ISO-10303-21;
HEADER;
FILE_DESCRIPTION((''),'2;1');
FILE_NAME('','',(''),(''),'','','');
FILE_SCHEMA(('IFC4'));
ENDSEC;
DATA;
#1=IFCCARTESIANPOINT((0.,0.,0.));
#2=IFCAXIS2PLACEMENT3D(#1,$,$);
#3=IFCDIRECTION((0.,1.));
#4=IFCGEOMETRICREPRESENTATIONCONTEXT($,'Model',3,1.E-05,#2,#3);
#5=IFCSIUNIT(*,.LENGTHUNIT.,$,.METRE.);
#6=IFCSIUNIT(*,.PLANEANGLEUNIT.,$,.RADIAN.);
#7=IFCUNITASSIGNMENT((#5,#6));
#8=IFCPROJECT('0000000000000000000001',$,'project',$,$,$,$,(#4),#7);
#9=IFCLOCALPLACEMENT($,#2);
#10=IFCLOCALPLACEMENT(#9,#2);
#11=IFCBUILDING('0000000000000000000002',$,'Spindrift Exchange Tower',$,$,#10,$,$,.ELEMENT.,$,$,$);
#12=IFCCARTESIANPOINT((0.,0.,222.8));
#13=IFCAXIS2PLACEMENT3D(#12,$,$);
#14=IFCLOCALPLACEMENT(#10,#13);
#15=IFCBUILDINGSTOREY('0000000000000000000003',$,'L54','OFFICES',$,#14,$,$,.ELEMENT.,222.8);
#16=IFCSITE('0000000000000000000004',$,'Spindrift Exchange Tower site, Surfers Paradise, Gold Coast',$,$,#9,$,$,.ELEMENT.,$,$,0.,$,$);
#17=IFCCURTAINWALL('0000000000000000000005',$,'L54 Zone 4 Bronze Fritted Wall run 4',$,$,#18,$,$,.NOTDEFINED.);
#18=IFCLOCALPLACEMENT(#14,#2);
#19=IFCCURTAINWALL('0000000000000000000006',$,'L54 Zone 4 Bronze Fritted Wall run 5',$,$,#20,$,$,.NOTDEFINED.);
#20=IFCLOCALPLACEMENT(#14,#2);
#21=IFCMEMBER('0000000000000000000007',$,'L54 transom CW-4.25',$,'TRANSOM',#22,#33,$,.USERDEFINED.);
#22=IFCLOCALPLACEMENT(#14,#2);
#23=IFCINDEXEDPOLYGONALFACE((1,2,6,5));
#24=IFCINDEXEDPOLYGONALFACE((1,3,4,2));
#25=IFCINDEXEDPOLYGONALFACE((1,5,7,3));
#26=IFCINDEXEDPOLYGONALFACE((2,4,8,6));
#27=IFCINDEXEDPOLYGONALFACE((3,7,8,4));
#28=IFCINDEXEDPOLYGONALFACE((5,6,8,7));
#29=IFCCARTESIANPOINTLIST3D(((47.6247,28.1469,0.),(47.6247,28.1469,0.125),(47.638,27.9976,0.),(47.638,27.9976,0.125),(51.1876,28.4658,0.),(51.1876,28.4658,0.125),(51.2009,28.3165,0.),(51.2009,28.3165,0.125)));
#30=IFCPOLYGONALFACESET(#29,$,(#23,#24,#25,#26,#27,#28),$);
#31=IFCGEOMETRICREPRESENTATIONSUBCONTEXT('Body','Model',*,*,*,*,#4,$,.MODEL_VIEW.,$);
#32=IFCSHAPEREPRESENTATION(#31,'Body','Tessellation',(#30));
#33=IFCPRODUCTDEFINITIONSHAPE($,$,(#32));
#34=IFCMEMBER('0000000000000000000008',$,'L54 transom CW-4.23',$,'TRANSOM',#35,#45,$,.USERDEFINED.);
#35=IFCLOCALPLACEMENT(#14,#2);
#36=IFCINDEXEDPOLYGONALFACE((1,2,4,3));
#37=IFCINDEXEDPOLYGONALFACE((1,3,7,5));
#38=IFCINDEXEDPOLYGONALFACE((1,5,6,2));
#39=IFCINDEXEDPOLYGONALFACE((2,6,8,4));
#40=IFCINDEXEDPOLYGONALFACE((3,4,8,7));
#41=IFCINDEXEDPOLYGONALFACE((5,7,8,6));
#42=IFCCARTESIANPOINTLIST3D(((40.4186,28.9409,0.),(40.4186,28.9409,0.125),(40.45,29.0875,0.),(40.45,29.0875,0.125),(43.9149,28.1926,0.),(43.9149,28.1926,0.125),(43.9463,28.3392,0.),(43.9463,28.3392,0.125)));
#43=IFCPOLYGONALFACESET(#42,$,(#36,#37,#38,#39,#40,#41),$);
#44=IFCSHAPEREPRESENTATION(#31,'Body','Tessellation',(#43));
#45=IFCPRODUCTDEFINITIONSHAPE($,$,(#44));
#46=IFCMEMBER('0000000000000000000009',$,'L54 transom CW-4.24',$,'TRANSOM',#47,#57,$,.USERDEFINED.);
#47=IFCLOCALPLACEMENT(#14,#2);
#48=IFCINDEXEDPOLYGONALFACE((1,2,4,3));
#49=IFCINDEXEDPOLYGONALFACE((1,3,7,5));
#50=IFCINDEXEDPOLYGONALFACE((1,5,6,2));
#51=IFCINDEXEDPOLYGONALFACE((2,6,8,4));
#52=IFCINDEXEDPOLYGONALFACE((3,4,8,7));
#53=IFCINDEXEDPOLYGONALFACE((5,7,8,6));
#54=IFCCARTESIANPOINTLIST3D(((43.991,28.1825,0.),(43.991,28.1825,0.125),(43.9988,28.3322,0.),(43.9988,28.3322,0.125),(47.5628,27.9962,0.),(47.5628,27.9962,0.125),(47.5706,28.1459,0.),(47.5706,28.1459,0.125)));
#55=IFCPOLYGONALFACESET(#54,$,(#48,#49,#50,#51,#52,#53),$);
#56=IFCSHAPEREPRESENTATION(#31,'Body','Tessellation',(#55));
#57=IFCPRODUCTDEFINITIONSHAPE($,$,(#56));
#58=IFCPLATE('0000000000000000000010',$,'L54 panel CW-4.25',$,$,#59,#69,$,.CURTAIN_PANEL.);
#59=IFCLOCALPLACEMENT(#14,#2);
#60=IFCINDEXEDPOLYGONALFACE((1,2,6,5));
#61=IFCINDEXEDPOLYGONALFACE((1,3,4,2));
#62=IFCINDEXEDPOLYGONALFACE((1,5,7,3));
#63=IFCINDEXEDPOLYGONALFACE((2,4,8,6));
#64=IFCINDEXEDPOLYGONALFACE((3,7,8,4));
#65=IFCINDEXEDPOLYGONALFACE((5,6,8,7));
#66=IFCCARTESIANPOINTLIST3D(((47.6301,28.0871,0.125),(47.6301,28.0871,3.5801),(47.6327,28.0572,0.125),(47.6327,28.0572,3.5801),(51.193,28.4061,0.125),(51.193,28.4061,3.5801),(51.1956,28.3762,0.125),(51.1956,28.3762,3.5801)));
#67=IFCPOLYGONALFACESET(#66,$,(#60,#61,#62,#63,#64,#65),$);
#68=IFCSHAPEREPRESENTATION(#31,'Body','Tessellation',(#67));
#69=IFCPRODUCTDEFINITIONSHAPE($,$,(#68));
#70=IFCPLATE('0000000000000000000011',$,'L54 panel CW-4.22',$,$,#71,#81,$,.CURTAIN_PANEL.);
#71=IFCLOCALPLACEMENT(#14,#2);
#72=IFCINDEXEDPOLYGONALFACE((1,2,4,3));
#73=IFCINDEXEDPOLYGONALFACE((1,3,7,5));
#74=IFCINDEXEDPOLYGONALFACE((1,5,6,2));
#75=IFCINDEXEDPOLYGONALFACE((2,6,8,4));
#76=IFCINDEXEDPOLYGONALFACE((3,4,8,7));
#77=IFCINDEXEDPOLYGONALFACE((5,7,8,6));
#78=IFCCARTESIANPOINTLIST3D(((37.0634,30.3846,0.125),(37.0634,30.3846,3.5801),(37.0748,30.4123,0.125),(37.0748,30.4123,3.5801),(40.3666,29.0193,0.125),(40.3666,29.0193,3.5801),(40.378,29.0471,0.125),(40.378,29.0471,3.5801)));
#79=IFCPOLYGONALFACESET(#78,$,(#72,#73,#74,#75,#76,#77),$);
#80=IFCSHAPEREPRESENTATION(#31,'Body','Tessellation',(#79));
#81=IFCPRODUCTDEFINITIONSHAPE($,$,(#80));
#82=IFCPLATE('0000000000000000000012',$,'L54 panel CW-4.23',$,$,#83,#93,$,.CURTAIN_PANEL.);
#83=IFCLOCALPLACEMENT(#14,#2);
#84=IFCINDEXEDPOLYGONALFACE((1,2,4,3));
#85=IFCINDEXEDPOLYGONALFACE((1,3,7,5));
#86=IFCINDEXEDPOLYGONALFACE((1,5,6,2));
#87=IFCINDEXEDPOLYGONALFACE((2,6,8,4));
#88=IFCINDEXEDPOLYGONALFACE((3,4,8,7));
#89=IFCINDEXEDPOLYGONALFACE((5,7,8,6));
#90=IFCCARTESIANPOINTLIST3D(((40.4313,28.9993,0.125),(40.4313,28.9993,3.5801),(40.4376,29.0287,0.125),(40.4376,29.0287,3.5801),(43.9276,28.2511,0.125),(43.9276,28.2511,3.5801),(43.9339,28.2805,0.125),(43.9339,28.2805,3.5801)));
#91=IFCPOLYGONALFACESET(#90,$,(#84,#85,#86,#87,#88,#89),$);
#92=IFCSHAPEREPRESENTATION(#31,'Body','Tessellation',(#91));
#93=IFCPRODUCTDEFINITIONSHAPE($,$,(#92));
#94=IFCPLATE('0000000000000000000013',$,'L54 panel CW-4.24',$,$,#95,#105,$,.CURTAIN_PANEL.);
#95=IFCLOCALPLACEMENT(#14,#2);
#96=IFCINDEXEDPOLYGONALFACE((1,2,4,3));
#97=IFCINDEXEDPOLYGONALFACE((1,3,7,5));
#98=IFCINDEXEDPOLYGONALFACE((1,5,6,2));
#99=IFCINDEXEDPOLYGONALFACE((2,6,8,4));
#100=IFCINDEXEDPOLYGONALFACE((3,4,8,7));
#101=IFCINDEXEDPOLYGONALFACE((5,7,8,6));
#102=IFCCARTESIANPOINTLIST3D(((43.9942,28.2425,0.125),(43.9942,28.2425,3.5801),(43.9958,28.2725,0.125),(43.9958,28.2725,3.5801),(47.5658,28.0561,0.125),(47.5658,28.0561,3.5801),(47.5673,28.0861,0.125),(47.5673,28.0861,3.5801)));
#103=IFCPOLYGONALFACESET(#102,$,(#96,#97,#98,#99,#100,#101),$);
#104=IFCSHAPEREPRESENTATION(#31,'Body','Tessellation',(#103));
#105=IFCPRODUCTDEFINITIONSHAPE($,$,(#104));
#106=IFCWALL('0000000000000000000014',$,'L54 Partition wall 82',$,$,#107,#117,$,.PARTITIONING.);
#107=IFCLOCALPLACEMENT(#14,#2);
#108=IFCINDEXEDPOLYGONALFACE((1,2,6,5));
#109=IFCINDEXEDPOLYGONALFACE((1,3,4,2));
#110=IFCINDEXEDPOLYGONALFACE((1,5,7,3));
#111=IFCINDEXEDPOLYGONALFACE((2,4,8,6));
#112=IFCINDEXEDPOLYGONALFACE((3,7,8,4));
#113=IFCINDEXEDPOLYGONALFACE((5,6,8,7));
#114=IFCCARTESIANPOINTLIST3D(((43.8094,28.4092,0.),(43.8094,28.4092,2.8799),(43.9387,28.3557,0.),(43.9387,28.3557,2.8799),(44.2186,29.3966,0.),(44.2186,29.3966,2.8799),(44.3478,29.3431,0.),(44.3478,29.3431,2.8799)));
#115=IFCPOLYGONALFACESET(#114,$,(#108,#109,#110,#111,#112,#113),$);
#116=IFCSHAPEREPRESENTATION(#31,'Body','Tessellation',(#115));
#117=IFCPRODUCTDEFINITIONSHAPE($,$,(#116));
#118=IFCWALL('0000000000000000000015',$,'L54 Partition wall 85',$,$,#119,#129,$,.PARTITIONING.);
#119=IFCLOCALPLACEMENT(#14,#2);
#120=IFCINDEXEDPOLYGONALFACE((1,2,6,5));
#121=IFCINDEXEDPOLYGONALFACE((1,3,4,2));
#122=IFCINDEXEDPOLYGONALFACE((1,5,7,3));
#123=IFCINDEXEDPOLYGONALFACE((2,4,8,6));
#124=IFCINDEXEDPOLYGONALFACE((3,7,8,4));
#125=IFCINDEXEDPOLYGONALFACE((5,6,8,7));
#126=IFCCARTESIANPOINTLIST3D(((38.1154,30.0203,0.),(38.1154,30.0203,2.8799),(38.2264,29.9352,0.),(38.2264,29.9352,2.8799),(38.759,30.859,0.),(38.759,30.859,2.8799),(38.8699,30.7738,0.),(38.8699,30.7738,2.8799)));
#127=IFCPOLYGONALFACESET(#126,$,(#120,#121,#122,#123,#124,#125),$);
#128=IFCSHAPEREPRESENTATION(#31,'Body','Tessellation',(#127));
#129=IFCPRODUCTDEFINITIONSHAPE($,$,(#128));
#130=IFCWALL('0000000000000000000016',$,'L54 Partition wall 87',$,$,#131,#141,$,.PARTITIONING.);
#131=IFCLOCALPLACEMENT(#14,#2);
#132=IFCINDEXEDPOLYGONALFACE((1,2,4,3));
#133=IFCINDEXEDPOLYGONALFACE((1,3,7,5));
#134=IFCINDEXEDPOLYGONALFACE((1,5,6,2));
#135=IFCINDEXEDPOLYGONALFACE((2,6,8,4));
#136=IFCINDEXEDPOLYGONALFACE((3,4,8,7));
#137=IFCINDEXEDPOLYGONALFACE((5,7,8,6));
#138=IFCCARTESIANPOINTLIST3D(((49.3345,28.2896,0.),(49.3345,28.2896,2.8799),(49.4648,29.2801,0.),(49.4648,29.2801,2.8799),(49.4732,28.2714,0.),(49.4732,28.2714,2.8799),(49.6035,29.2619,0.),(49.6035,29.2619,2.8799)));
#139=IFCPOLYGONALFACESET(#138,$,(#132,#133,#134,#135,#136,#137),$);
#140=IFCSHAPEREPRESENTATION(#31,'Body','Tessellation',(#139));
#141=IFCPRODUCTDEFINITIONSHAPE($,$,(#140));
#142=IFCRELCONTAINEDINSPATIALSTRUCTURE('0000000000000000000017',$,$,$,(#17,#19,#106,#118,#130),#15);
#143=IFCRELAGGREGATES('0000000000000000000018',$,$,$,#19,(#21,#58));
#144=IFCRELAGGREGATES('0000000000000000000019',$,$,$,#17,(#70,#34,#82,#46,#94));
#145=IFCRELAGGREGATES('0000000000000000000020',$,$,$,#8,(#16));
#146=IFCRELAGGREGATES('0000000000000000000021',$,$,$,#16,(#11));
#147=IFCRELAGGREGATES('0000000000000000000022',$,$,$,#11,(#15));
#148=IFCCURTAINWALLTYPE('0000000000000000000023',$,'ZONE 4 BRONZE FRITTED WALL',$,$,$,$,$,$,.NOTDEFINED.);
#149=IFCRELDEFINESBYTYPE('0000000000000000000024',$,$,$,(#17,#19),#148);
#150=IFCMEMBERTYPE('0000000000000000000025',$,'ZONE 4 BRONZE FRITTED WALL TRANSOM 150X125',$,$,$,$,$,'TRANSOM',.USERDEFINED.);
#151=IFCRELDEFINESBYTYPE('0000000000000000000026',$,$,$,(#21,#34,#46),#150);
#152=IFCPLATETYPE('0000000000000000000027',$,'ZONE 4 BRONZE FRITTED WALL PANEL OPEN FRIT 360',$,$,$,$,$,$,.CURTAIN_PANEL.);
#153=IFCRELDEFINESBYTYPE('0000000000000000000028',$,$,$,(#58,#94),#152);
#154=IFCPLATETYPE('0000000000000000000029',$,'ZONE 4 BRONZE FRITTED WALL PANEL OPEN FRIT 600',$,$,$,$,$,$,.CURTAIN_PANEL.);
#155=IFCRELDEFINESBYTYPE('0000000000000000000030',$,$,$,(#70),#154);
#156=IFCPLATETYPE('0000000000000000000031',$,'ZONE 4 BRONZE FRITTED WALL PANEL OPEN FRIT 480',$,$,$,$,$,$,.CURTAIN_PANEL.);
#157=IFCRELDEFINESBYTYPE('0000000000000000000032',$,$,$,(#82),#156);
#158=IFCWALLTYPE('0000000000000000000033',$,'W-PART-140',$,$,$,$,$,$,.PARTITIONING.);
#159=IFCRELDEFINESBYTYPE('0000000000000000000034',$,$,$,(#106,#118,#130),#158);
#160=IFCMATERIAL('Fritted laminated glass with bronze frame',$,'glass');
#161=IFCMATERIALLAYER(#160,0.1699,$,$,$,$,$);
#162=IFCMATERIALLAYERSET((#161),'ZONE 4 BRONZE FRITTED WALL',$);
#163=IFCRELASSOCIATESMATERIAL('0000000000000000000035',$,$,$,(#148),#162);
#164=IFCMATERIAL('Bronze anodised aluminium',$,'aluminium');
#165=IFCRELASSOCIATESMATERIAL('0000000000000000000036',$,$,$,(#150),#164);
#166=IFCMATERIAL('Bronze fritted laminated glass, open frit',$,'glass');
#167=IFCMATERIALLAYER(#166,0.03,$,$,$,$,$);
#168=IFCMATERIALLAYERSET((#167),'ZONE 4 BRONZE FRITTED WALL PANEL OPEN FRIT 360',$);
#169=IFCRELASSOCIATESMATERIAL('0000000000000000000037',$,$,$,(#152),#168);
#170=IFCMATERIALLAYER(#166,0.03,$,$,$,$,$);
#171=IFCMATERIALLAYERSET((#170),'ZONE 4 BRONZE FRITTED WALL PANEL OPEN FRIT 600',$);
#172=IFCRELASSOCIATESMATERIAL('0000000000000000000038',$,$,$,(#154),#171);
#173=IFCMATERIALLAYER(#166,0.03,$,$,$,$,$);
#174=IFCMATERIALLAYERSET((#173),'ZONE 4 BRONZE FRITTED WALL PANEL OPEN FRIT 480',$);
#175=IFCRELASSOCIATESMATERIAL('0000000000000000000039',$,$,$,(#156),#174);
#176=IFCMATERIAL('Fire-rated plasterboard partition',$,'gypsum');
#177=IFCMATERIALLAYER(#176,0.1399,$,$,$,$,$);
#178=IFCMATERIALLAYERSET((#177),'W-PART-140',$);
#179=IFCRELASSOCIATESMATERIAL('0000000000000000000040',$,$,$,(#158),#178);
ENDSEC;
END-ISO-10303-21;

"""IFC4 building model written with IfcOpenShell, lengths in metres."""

from ifc_helpers import new_model, si_unit, direction, frame, frame_2d, origin, origin_2d, place, context, subcontext, project, spatial, rectangle, extrude, source, transform, mapped, material, layer, layer_set, material_profile, profile_set, type_object, element, aggregate, save


model = new_model("IFC4")

# Units and contexts
model_context = context("Model", 3, precision=1e-05, world=origin(), true_north=direction((0.0, 1.0)))
body_context = subcontext(model_context, "Body", "Model", "MODEL_VIEW")
ifc_project = project(units=[si_unit("LENGTHUNIT", "METRE"), si_unit("PLANEANGLEUNIT", "RADIAN")], contexts=[model_context])

# Site, building, storey
site_placement = place(None, origin())
site = spatial("IfcSite", under=ifc_project, at=site_placement, Name="Spindrift Exchange Tower site, Surfers Paradise, Gold Coast", CompositionType="ELEMENT", RefElevation=0.0)
building_placement = place(site_placement, origin())
building = spatial("IfcBuilding", under=site, at=building_placement, Name="Spindrift Exchange Tower", CompositionType="ELEMENT")
storey_placement = place(building_placement, frame((0.0, 0.0, 222.8)))
storey = spatial("IfcBuildingStorey", under=building, at=storey_placement, Name="L54", Description="OFFICES", CompositionType="ELEMENT", Elevation=222.8)

# Curtain walls, member
ifc_material_1 = material(Name="Fritted laminated glass with bronze frame", Category="glass")
ifc_layer_1 = layer(ifc_material_1, 0.1699)
ifc_layer_set_1 = layer_set([ifc_layer_1], Name="ZONE 4 BRONZE FRITTED WALL")
curtain_wall_type = type_object("IfcCurtainWallType", Name="ZONE 4 BRONZE FRITTED WALL", PredefinedType="NOTDEFINED", material=ifc_layer_set_1)
curtain_wall_1_placement = place(storey_placement, origin())
curtain_wall_1 = element("IfcCurtainWall", 1, at=curtain_wall_1_placement, inside=storey, type_object=curtain_wall_type, Name="L54 Zone 4 Bronze Fritted Wall run 4", PredefinedType="NOTDEFINED")
ifc_material_2 = material(Name="Bronze anodised aluminium", Category="aluminium")
curtain_wall_2_placement = place(storey_placement, origin())
curtain_wall_2 = element("IfcCurtainWall", 2, at=curtain_wall_2_placement, inside=storey, type_object=curtain_wall_type, Name="L54 Zone 4 Bronze Fritted Wall run 5", PredefinedType="NOTDEFINED")
ifc_material_profile_1 = material_profile(ifc_material_2, rectangle(XDim=0.1499, YDim=0.125, at=origin_2d()), Name="ZONE 4 BRONZE FRITTED WALL TRANSOM 150X125")
ifc_profile_set_1 = profile_set([ifc_material_profile_1], Name="Bronze anodised aluminium")
member_type_1 = type_object("IfcMemberType", Name="ZONE 4 BRONZE FRITTED WALL TRANSOM 150X125", ElementType="TRANSOM", PredefinedType="USERDEFINED", material=ifc_profile_set_1)
shared_shape_1 = source(origin(), body_context, "Body", "SweptSolid", [
    extrude(rectangle(XDim=0.1499, YDim=0.125, at=origin_2d()), origin(), (0.0, 0.0, 1.0), 3.5771),
])
member_1_placement = place(storey_placement, frame((47.6313, 28.0723, 0.0625), z_axis=(0.99602, 0.089133, 0.0), x_axis=(-0.089133, 0.99602, 0.0)))
member_1 = element("IfcMember", 3, at=member_1_placement, type_object=member_type_1, Name="L54 transom CW-4.25", ObjectType="TRANSOM", PredefinedType="USERDEFINED", context=body_context, shape_type="MappedRepresentation", body=[
    mapped(shared_shape_1, transform((0.0, 0.0, 0.0), scale=1.0)),
])

# Members
shared_shape_2 = source(origin(), body_context, "Body", "SweptSolid", [
    extrude(rectangle(XDim=0.1499, YDim=0.125, at=origin_2d()), origin(), (0.0, 0.0, 1.0), 3.5754),
])
member_2_placement = place(storey_placement, frame((40.4343, 29.0142, 0.0625), z_axis=(0.977855, -0.209282, 0.0), x_axis=(0.209282, 0.977855, 0.0)))
member_2 = element("IfcMember", 4, at=member_2_placement, type_object=member_type_1, Name="L54 transom CW-4.23", ObjectType="TRANSOM", PredefinedType="USERDEFINED", context=body_context, shape_type="MappedRepresentation", body=[
    mapped(shared_shape_2, transform((0.0, 0.0, 0.0), scale=1.0)),
])
shared_shape_3 = source(origin(), body_context, "Body", "SweptSolid", [
    extrude(rectangle(XDim=0.1499, YDim=0.125, at=origin_2d()), origin(), (0.0, 0.0, 1.0), 3.5767),
])
member_3_placement = place(storey_placement, frame((43.9949, 28.2573, 0.0625), z_axis=(0.998643, -0.052082, 0.0), x_axis=(0.052082, 0.998643, 0.0)))
member_3 = element("IfcMember", 5, at=member_3_placement, type_object=member_type_1, Name="L54 transom CW-4.24", ObjectType="TRANSOM", PredefinedType="USERDEFINED", context=body_context, shape_type="MappedRepresentation", body=[
    mapped(shared_shape_3, transform((0.0, 0.0, 0.0), scale=1.0)),
])

# Plates
ifc_material_3 = material(Name="Bronze fritted laminated glass, open frit", Category="glass")
ifc_layer_2 = layer(ifc_material_3, 0.03)
ifc_layer_set_2 = layer_set([ifc_layer_2], Name="ZONE 4 BRONZE FRITTED WALL PANEL OPEN FRIT 360")
plate_type_1 = type_object("IfcPlateType", Name="ZONE 4 BRONZE FRITTED WALL PANEL OPEN FRIT 360", PredefinedType="CURTAIN_PANEL", material=ifc_layer_set_2)
shared_shape_4 = source(origin(), body_context, "Body", "SweptSolid", [
    extrude(rectangle(XDim=3.5771, YDim=0.03, at=origin_2d()), origin(), (0.0, 0.0, 1.0), 3.4551),
])
plate_1_placement = place(storey_placement, frame((49.4128, 28.2317, 0.125), z_axis=(0.0, 0.0, 1.0), x_axis=(0.996016, 0.089179, 0.0)))
plate_1 = element("IfcPlate", 6, at=plate_1_placement, type_object=plate_type_1, Name="L54 panel CW-4.25", PredefinedType="CURTAIN_PANEL", context=body_context, shape_type="MappedRepresentation", body=[
    mapped(shared_shape_4, transform((0.0, 0.0, 0.0), scale=1.0)),
])
aggregate(curtain_wall_2, [member_1, plate_1])
ifc_layer_3 = layer(ifc_material_3, 0.03)
ifc_layer_set_3 = layer_set([ifc_layer_3], Name="ZONE 4 BRONZE FRITTED WALL PANEL OPEN FRIT 600")
plate_type_2 = type_object("IfcPlateType", Name="ZONE 4 BRONZE FRITTED WALL PANEL OPEN FRIT 600", PredefinedType="CURTAIN_PANEL", material=ifc_layer_set_3)
shared_shape_5 = source(origin(), body_context, "Body", "SweptSolid", [
    extrude(rectangle(XDim=3.5742, YDim=0.03, at=origin_2d()), origin(), (0.0, 0.0, 1.0), 3.4551),
])
plate_2_placement = place(storey_placement, frame((38.7207, 29.7158, 0.125), z_axis=(0.0, 0.0, 1.0), x_axis=(0.924173, -0.381974, 0.0)))
plate_2 = element("IfcPlate", 7, at=plate_2_placement, type_object=plate_type_2, Name="L54 panel CW-4.22", PredefinedType="CURTAIN_PANEL", context=body_context, shape_type="MappedRepresentation", body=[
    mapped(shared_shape_5, transform((0.0, 0.0, 0.0), scale=1.0)),
])
ifc_layer_4 = layer(ifc_material_3, 0.03)
ifc_layer_set_4 = layer_set([ifc_layer_4], Name="ZONE 4 BRONZE FRITTED WALL PANEL OPEN FRIT 480")
plate_type_3 = type_object("IfcPlateType", Name="ZONE 4 BRONZE FRITTED WALL PANEL OPEN FRIT 480", PredefinedType="CURTAIN_PANEL", material=ifc_layer_set_4)
shared_shape_6 = source(origin(), body_context, "Body", "SweptSolid", [
    extrude(rectangle(XDim=3.5754, YDim=0.03, at=origin_2d()), origin(), (0.0, 0.0, 1.0), 3.4551),
])
plate_3_placement = place(storey_placement, frame((42.1826, 28.6399, 0.125), z_axis=(0.0, 0.0, 1.0), x_axis=(0.977861, -0.209257, 0.0)))
plate_3 = element("IfcPlate", 8, at=plate_3_placement, type_object=plate_type_3, Name="L54 panel CW-4.23", PredefinedType="CURTAIN_PANEL", context=body_context, shape_type="MappedRepresentation", body=[
    mapped(shared_shape_6, transform((0.0, 0.0, 0.0), scale=1.0)),
])
shared_shape_7 = source(origin(), body_context, "Body", "SweptSolid", [
    extrude(rectangle(XDim=3.5764, YDim=0.03, at=origin_2d()), origin(), (0.0, 0.0, 1.0), 3.4551),
])
plate_4_placement = place(storey_placement, frame((45.7808, 28.1643, 0.125), z_axis=(0.0, 0.0, 1.0), x_axis=(0.998641, -0.05212, 0.0)))
plate_4 = element("IfcPlate", 9, at=plate_4_placement, type_object=plate_type_1, Name="L54 panel CW-4.24", PredefinedType="CURTAIN_PANEL", context=body_context, shape_type="MappedRepresentation", body=[
    mapped(shared_shape_7, transform((0.0, 0.0, 0.0), scale=1.0)),
])
aggregate(curtain_wall_1, [plate_2, member_2, plate_3, member_3, plate_4])

# Walls
ifc_material_4 = material(Name="Fire-rated plasterboard partition", Category="gypsum")
ifc_layer_5 = layer(ifc_material_4, 0.1399)
ifc_layer_set_5 = layer_set([ifc_layer_5], Name="W-PART-140")
wall_type = type_object("IfcWallType", Name="W-PART-140", PredefinedType="PARTITIONING", material=ifc_layer_set_5)
wall_1_placement = place(storey_placement, frame((44.2832, 29.3699, 0.0), z_axis=(0.0, 0.0, 1.0), x_axis=(-0.382782, -0.923839, 0.0)))
element("IfcWall", 10, at=wall_1_placement, inside=storey, type_object=wall_type, Name="L54 Partition wall 82", PredefinedType="PARTITIONING", context=body_context, shape_type="SweptSolid", body=[
    extrude(rectangle(XDim=1.0688, YDim=0.1399, at=frame_2d((0.5344, 0.0))), origin(), (0.0, 0.0, 1.0), 2.8799),
])
wall_2_placement = place(storey_placement, frame((38.8145, 30.8164, 0.0), z_axis=(0.0, 0.0, 1.0), x_axis=(-0.608795, -0.793327, 0.0)))
element("IfcWall", 11, at=wall_2_placement, inside=storey, type_object=wall_type, Name="L54 Partition wall 85", PredefinedType="PARTITIONING", context=body_context, shape_type="SweptSolid", body=[
    extrude(rectangle(XDim=1.0571, YDim=0.1399, at=frame_2d((0.5286, 0.0))), origin(), (0.0, 0.0, 1.0), 2.8799),
])
wall_3_placement = place(storey_placement, frame((49.5342, 29.271, 0.0), z_axis=(0.0, 0.0, 1.0), x_axis=(-0.130499, -0.991448, 0.0)))
element("IfcWall", 12, at=wall_3_placement, inside=storey, type_object=wall_type, Name="L54 Partition wall 87", PredefinedType="PARTITIONING", context=body_context, shape_type="SweptSolid", body=[
    extrude(rectangle(XDim=0.999, YDim=0.1399, at=frame_2d((0.4995, 0.0))), origin(), (0.0, 0.0, 1.0), 2.8799),
])

save(model, "model.ifc")
